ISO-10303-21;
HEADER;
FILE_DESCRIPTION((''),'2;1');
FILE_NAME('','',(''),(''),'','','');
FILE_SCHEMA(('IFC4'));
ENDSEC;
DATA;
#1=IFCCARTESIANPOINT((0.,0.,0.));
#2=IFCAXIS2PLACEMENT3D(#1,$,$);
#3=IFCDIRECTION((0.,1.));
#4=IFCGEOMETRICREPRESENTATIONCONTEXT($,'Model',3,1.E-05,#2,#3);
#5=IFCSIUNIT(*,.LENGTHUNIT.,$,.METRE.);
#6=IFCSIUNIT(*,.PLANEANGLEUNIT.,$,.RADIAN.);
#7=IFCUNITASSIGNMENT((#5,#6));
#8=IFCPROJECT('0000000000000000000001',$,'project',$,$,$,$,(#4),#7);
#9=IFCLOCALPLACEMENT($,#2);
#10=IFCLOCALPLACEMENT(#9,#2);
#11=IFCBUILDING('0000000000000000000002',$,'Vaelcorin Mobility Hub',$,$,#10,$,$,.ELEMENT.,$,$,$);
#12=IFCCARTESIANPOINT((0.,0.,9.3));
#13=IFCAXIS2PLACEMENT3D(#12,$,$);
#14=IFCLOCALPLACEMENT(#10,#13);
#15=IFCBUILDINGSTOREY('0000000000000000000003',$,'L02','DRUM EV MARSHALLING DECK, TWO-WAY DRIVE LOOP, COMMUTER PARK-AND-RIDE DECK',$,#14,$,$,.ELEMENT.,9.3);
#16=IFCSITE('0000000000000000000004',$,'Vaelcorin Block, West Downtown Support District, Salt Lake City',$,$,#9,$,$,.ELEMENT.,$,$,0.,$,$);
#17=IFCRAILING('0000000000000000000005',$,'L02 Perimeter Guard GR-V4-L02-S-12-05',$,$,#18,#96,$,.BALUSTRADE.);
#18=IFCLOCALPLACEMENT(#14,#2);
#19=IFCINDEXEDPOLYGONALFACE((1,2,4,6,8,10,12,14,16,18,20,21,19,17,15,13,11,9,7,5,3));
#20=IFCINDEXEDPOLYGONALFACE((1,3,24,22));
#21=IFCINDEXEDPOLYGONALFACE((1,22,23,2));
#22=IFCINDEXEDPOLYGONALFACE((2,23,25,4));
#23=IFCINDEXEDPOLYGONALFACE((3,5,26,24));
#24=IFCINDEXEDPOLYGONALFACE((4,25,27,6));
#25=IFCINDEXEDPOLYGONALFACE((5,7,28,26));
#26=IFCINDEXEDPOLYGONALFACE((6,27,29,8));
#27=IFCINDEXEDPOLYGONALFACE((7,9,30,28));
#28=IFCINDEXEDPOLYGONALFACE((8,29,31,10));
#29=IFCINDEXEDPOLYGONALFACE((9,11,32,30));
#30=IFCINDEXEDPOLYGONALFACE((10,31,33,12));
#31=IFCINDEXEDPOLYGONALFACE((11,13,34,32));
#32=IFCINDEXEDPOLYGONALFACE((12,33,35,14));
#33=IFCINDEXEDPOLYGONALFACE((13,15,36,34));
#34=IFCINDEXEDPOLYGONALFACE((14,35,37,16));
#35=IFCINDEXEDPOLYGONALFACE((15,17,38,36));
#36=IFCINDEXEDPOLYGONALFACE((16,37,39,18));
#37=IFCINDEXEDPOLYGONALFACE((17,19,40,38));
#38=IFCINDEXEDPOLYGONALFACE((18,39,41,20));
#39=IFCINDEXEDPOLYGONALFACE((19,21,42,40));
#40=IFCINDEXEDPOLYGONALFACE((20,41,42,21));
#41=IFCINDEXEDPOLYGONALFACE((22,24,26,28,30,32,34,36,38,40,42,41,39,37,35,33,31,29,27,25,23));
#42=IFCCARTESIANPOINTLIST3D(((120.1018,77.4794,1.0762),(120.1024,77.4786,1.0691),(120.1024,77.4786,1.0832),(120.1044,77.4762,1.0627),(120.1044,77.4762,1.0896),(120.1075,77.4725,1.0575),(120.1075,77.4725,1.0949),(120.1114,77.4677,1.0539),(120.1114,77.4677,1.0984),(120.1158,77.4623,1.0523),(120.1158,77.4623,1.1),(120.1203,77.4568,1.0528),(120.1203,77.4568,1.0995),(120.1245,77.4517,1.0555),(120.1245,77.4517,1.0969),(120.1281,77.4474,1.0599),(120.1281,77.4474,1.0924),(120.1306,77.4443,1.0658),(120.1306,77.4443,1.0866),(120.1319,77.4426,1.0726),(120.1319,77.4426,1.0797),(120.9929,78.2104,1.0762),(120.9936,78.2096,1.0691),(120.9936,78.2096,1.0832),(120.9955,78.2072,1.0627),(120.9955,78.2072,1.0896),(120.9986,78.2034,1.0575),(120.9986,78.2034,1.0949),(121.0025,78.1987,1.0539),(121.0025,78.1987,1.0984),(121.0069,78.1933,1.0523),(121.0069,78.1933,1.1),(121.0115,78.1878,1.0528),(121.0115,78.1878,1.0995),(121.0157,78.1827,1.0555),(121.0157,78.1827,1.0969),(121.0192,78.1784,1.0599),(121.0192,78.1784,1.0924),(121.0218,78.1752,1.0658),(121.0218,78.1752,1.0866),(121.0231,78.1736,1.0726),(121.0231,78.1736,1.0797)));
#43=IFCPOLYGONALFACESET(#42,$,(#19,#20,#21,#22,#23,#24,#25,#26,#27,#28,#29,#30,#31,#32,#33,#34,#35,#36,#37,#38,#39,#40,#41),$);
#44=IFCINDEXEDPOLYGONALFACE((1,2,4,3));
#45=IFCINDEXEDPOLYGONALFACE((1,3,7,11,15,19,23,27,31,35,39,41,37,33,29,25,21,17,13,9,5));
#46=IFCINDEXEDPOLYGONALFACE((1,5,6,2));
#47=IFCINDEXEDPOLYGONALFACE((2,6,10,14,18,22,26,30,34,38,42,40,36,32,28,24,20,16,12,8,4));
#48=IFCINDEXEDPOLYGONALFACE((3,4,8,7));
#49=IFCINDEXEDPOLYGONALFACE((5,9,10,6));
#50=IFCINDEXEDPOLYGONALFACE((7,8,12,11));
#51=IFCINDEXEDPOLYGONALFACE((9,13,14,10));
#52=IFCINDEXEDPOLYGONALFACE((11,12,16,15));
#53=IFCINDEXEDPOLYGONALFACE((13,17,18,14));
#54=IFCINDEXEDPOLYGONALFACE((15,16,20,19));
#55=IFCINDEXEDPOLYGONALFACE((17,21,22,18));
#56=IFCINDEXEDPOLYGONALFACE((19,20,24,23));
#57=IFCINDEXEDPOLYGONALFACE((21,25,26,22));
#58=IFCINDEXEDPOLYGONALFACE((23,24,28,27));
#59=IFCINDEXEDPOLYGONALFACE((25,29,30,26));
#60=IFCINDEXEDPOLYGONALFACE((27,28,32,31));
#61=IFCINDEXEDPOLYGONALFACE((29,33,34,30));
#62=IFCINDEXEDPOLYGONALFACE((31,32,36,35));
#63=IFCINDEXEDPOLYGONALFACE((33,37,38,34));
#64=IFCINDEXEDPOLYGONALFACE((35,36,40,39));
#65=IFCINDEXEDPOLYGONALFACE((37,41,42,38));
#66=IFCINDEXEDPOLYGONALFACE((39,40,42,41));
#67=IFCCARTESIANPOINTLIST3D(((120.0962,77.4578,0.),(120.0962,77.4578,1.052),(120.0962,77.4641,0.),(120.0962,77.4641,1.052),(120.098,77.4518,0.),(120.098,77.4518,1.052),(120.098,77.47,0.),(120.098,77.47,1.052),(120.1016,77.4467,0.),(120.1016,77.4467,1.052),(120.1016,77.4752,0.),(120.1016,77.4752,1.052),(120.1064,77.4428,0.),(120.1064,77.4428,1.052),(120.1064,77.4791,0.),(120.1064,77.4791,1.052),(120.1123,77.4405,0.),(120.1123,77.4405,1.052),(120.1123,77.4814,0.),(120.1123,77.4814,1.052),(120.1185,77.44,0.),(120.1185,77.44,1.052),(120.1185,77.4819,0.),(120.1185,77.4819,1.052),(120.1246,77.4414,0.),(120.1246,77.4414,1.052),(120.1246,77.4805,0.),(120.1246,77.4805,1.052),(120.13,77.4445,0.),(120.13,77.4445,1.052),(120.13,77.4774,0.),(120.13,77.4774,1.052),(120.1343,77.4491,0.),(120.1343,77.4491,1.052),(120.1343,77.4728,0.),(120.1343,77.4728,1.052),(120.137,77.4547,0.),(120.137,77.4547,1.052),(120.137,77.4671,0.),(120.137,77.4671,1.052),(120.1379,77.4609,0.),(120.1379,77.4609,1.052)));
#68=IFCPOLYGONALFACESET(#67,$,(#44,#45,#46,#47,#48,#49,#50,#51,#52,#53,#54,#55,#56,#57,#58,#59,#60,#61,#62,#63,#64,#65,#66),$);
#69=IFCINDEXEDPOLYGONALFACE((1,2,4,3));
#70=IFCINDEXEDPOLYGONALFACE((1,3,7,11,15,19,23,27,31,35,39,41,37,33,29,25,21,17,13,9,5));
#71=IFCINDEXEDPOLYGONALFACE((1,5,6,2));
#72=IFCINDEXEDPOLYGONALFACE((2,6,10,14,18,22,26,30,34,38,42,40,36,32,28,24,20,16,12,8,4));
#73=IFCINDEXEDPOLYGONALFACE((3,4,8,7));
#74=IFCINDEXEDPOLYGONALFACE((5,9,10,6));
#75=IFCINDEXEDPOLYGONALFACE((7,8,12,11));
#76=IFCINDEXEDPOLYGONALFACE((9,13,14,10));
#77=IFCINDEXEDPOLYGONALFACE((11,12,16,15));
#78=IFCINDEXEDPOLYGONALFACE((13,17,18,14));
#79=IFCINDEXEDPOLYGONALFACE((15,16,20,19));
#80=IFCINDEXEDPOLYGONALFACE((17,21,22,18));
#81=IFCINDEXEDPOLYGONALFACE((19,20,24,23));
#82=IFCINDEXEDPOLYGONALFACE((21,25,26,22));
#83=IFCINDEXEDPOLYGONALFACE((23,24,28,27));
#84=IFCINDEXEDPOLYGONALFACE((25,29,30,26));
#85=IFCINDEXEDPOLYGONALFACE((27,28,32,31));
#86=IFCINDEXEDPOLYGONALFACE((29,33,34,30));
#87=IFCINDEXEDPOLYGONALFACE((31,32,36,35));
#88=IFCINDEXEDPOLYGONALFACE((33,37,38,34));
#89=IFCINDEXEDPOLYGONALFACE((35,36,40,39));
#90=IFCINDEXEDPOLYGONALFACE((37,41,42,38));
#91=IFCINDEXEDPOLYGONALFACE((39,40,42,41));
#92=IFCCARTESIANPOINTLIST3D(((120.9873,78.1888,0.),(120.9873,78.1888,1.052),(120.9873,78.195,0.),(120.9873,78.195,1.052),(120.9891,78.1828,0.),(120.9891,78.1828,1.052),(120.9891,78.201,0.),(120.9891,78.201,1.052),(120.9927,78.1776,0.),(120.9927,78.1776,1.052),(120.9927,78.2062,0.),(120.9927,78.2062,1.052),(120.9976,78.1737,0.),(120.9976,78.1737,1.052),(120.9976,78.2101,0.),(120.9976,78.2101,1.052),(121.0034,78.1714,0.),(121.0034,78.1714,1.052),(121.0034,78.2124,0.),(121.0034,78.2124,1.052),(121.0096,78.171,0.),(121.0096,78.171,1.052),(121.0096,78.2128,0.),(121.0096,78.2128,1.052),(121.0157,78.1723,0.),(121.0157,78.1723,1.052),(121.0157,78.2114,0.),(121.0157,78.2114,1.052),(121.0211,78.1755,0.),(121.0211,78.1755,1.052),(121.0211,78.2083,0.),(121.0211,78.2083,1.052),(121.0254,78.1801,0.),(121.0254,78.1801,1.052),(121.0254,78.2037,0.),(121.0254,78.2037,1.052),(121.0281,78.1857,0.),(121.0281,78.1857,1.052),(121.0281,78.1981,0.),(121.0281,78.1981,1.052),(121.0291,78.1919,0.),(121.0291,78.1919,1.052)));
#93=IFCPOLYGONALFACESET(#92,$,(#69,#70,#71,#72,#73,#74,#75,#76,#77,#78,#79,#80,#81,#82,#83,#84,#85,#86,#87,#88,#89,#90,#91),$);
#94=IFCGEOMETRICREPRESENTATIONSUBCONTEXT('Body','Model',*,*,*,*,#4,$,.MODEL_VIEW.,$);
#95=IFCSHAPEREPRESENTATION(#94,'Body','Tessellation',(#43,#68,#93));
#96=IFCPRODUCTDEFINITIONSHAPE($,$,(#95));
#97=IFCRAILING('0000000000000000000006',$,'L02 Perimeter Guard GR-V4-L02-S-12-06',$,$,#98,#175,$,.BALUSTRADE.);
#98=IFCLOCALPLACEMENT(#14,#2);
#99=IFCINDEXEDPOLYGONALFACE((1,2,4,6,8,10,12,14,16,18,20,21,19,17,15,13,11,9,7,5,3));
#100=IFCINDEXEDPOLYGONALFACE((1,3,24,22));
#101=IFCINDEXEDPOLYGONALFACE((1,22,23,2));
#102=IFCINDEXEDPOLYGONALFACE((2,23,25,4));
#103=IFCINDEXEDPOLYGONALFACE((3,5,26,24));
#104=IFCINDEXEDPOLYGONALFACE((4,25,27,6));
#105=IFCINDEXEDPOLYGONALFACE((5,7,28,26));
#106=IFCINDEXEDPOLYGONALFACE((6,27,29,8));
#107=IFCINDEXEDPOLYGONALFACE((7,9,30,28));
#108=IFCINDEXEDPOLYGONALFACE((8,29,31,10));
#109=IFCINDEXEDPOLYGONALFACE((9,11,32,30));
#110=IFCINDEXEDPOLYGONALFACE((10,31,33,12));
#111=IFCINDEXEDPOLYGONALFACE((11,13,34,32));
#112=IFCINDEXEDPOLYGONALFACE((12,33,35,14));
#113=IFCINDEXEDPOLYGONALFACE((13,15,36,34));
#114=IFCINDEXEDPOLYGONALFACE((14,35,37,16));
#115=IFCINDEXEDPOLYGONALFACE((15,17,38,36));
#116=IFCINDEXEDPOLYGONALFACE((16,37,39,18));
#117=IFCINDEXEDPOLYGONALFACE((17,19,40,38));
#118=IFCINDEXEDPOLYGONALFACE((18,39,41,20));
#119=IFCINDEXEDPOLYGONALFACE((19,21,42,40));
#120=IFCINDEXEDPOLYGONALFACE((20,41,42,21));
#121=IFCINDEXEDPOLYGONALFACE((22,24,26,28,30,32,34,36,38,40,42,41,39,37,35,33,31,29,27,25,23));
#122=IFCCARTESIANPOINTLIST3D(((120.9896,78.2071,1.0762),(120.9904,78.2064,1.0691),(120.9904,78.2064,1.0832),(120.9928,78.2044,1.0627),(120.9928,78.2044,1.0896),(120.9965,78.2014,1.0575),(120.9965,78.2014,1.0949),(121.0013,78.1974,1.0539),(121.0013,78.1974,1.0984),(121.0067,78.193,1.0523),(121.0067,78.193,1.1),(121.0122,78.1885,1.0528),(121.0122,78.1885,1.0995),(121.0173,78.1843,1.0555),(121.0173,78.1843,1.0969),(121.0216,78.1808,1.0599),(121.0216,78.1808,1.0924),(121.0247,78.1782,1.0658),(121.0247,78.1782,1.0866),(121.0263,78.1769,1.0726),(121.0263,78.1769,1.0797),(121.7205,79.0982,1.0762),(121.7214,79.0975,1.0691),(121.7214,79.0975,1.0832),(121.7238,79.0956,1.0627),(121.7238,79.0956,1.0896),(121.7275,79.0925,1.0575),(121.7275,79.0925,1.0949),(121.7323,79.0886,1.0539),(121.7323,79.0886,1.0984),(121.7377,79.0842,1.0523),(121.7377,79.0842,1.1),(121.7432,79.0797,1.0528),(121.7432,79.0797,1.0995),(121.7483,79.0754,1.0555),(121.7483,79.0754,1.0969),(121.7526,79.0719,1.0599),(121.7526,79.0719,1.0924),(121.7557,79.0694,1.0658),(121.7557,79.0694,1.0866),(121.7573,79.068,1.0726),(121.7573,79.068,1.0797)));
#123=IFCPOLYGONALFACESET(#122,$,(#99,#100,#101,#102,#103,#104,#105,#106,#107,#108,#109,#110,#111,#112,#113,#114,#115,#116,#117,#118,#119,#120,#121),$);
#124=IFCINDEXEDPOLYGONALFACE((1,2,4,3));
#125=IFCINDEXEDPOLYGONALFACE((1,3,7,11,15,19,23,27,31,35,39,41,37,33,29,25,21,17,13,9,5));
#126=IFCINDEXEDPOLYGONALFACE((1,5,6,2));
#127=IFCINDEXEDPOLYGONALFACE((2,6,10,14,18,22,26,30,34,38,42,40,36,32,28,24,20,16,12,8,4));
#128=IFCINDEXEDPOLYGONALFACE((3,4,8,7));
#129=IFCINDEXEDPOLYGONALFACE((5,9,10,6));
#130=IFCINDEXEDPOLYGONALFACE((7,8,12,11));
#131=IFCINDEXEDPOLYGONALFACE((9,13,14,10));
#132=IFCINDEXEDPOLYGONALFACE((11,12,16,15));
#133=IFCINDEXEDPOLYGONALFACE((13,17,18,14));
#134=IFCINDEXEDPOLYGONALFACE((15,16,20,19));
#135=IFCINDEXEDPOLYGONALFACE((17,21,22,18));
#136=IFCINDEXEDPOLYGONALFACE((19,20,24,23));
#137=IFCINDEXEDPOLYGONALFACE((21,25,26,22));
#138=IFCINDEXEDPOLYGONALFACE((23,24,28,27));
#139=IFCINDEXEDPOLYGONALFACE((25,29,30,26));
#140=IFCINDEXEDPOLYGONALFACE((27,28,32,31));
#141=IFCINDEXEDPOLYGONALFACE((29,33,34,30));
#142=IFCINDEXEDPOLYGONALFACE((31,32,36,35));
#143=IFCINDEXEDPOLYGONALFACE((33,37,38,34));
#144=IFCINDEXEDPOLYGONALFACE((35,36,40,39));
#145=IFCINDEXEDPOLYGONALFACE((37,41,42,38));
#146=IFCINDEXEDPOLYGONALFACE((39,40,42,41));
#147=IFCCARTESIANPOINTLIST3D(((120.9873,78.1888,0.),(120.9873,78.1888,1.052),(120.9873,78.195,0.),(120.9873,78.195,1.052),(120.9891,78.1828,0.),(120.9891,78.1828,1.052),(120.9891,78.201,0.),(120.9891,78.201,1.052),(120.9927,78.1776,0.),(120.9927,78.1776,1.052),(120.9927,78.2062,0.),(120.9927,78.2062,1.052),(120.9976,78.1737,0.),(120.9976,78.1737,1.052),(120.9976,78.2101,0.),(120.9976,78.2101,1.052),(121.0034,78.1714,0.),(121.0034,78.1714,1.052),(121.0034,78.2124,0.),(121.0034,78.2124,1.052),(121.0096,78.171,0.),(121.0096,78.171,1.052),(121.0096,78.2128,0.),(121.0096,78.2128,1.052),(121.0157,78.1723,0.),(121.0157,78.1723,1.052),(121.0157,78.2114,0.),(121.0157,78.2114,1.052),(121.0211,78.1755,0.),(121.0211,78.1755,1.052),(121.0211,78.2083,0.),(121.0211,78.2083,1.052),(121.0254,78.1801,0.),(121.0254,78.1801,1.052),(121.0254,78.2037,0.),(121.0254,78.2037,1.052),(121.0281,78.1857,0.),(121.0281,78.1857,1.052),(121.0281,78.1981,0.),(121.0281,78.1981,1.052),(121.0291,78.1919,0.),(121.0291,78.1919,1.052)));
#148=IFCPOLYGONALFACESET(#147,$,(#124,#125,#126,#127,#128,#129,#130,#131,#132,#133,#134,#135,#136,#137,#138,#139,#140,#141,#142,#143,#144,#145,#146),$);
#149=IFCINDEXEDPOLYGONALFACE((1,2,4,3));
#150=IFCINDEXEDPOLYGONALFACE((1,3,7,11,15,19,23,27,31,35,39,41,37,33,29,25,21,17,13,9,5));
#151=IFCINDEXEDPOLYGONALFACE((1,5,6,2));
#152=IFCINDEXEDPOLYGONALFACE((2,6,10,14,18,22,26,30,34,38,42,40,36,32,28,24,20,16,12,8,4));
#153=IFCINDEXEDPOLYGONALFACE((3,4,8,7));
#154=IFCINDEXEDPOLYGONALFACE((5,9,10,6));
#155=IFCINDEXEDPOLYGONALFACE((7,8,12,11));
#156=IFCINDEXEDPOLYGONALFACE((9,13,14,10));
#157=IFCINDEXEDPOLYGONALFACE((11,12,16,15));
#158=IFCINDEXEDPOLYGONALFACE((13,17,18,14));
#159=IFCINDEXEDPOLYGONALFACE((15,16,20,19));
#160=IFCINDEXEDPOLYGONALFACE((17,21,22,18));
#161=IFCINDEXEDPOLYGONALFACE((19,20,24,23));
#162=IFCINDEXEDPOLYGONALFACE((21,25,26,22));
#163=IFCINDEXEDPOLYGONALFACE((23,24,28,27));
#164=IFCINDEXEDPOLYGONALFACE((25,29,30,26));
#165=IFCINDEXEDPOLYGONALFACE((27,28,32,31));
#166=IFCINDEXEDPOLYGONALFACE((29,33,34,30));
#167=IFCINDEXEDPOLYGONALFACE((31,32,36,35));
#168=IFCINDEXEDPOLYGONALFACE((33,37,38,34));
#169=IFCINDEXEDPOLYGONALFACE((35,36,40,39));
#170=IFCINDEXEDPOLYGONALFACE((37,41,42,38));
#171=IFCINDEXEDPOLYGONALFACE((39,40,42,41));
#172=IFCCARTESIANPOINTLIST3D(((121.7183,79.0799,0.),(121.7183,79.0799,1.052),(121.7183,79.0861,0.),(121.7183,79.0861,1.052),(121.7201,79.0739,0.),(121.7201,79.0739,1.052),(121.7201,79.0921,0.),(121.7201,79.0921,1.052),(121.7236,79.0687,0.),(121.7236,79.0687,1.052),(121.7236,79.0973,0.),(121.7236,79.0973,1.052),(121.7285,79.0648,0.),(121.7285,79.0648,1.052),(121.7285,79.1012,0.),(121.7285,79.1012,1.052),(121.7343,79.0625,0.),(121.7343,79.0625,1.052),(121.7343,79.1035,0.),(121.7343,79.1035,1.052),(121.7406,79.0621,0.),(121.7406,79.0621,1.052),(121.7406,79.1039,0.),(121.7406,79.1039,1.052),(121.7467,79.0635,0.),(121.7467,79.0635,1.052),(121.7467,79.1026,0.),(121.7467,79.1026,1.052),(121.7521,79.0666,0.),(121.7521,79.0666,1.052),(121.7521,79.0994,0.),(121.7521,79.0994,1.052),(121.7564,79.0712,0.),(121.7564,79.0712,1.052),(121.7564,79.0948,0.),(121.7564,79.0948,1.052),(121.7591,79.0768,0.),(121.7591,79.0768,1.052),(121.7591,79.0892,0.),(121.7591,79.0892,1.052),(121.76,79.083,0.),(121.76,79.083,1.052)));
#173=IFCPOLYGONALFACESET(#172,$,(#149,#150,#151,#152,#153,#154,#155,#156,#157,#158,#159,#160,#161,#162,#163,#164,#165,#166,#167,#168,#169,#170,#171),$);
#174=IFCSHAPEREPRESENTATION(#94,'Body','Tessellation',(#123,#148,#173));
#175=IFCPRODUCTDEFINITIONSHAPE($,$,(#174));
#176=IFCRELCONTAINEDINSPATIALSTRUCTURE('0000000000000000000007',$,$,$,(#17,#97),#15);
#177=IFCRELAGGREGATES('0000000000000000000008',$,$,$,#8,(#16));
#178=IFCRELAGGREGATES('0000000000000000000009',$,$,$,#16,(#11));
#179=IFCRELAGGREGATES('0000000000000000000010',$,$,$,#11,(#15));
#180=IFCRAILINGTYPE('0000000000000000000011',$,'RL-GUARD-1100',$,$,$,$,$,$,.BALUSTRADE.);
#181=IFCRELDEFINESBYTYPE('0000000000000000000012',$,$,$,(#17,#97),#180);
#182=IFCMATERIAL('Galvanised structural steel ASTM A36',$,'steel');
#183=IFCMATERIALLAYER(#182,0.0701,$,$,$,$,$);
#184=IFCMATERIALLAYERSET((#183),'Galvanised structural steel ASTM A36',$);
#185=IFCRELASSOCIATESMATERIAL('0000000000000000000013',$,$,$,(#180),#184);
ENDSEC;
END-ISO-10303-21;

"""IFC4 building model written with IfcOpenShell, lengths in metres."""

from ifc_helpers import new_model, si_unit, direction, frame, origin, origin_2d, place, context, subcontext, project, spatial, circle, extrude, material, layer, layer_set, type_object, element, save


model = new_model("IFC4")

# Units and contexts
model_context = context("Model", 3, precision=1e-05, world=origin(), true_north=direction((0.0, 1.0)))
body_context = subcontext(model_context, "Body", "Model", "MODEL_VIEW")
ifc_project = project(units=[si_unit("LENGTHUNIT", "METRE"), si_unit("PLANEANGLEUNIT", "RADIAN")], contexts=[model_context])

# Site, building, storey
site_placement = place(None, origin())
site = spatial("IfcSite", under=ifc_project, at=site_placement, Name="Vaelcorin Block, West Downtown Support District, Salt Lake City", CompositionType="ELEMENT", RefElevation=0.0)
building_placement = place(site_placement, origin())
building = spatial("IfcBuilding", under=site, at=building_placement, Name="Vaelcorin Mobility Hub", CompositionType="ELEMENT")
storey_placement = place(building_placement, frame((0.0, 0.0, 9.3)))
storey = spatial("IfcBuildingStorey", under=building, at=storey_placement, Name="L02", Description="DRUM EV MARSHALLING DECK, TWO-WAY DRIVE LOOP, COMMUTER PARK-AND-RIDE DECK", CompositionType="ELEMENT", Elevation=9.3)

# Railings
ifc_material_1 = material(Name="Galvanised structural steel ASTM A36", Category="steel")
ifc_layer = layer(ifc_material_1, 0.0701)
ifc_layer_set = layer_set([ifc_layer], Name="Galvanised structural steel ASTM A36")
railing_type = type_object("IfcRailingType", Name="RL-GUARD-1100", PredefinedType="BALUSTRADE", material=ifc_layer_set)
railing_1_placement = place(storey_placement, frame((120.1169, 77.4609, 0.0)))
element("IfcRailing", 1, at=railing_1_placement, inside=storey, type_object=railing_type, Name="L02 Perimeter Guard GR-V4-L02-S-12-05", PredefinedType="BALUSTRADE", context=body_context, shape_type="SweptSolid", body=[
    extrude(circle(Radius=0.0239, at=origin_2d()), frame((0.0, 0.0, 1.0762), z_axis=(0.773164, 0.634206, 0.0), x_axis=(-0.634206, 0.773164, 0.0)), (0.0, 0.0, 1.0), 1.1526),
    extrude(circle(Radius=0.021, at=origin_2d()), origin(), (0.0, 0.0, 1.0), 1.052),
    extrude(circle(Radius=0.021, at=origin_2d()), frame((0.8911, 0.731, 0.0)), (0.0, 0.0, 1.0), 1.052),
])
railing_2_placement = place(storey_placement, frame((121.0081, 78.1919, 0.0)))
element("IfcRailing", 2, at=railing_2_placement, inside=storey, type_object=railing_type, Name="L02 Perimeter Guard GR-V4-L02-S-12-06", PredefinedType="BALUSTRADE", context=body_context, shape_type="SweptSolid", body=[
    extrude(circle(Radius=0.0239, at=origin_2d()), frame((0.0, 0.0, 1.0762), z_axis=(0.634206, 0.773164, 0.0), x_axis=(-0.773164, 0.634206, 0.0)), (0.0, 0.0, 1.0), 1.1526),
    extrude(circle(Radius=0.021, at=origin_2d()), origin(), (0.0, 0.0, 1.0), 1.052),
    extrude(circle(Radius=0.021, at=origin_2d()), frame((0.731, 0.8911, 0.0)), (0.0, 0.0, 1.0), 1.052),
])

save(model, "model.ifc")
